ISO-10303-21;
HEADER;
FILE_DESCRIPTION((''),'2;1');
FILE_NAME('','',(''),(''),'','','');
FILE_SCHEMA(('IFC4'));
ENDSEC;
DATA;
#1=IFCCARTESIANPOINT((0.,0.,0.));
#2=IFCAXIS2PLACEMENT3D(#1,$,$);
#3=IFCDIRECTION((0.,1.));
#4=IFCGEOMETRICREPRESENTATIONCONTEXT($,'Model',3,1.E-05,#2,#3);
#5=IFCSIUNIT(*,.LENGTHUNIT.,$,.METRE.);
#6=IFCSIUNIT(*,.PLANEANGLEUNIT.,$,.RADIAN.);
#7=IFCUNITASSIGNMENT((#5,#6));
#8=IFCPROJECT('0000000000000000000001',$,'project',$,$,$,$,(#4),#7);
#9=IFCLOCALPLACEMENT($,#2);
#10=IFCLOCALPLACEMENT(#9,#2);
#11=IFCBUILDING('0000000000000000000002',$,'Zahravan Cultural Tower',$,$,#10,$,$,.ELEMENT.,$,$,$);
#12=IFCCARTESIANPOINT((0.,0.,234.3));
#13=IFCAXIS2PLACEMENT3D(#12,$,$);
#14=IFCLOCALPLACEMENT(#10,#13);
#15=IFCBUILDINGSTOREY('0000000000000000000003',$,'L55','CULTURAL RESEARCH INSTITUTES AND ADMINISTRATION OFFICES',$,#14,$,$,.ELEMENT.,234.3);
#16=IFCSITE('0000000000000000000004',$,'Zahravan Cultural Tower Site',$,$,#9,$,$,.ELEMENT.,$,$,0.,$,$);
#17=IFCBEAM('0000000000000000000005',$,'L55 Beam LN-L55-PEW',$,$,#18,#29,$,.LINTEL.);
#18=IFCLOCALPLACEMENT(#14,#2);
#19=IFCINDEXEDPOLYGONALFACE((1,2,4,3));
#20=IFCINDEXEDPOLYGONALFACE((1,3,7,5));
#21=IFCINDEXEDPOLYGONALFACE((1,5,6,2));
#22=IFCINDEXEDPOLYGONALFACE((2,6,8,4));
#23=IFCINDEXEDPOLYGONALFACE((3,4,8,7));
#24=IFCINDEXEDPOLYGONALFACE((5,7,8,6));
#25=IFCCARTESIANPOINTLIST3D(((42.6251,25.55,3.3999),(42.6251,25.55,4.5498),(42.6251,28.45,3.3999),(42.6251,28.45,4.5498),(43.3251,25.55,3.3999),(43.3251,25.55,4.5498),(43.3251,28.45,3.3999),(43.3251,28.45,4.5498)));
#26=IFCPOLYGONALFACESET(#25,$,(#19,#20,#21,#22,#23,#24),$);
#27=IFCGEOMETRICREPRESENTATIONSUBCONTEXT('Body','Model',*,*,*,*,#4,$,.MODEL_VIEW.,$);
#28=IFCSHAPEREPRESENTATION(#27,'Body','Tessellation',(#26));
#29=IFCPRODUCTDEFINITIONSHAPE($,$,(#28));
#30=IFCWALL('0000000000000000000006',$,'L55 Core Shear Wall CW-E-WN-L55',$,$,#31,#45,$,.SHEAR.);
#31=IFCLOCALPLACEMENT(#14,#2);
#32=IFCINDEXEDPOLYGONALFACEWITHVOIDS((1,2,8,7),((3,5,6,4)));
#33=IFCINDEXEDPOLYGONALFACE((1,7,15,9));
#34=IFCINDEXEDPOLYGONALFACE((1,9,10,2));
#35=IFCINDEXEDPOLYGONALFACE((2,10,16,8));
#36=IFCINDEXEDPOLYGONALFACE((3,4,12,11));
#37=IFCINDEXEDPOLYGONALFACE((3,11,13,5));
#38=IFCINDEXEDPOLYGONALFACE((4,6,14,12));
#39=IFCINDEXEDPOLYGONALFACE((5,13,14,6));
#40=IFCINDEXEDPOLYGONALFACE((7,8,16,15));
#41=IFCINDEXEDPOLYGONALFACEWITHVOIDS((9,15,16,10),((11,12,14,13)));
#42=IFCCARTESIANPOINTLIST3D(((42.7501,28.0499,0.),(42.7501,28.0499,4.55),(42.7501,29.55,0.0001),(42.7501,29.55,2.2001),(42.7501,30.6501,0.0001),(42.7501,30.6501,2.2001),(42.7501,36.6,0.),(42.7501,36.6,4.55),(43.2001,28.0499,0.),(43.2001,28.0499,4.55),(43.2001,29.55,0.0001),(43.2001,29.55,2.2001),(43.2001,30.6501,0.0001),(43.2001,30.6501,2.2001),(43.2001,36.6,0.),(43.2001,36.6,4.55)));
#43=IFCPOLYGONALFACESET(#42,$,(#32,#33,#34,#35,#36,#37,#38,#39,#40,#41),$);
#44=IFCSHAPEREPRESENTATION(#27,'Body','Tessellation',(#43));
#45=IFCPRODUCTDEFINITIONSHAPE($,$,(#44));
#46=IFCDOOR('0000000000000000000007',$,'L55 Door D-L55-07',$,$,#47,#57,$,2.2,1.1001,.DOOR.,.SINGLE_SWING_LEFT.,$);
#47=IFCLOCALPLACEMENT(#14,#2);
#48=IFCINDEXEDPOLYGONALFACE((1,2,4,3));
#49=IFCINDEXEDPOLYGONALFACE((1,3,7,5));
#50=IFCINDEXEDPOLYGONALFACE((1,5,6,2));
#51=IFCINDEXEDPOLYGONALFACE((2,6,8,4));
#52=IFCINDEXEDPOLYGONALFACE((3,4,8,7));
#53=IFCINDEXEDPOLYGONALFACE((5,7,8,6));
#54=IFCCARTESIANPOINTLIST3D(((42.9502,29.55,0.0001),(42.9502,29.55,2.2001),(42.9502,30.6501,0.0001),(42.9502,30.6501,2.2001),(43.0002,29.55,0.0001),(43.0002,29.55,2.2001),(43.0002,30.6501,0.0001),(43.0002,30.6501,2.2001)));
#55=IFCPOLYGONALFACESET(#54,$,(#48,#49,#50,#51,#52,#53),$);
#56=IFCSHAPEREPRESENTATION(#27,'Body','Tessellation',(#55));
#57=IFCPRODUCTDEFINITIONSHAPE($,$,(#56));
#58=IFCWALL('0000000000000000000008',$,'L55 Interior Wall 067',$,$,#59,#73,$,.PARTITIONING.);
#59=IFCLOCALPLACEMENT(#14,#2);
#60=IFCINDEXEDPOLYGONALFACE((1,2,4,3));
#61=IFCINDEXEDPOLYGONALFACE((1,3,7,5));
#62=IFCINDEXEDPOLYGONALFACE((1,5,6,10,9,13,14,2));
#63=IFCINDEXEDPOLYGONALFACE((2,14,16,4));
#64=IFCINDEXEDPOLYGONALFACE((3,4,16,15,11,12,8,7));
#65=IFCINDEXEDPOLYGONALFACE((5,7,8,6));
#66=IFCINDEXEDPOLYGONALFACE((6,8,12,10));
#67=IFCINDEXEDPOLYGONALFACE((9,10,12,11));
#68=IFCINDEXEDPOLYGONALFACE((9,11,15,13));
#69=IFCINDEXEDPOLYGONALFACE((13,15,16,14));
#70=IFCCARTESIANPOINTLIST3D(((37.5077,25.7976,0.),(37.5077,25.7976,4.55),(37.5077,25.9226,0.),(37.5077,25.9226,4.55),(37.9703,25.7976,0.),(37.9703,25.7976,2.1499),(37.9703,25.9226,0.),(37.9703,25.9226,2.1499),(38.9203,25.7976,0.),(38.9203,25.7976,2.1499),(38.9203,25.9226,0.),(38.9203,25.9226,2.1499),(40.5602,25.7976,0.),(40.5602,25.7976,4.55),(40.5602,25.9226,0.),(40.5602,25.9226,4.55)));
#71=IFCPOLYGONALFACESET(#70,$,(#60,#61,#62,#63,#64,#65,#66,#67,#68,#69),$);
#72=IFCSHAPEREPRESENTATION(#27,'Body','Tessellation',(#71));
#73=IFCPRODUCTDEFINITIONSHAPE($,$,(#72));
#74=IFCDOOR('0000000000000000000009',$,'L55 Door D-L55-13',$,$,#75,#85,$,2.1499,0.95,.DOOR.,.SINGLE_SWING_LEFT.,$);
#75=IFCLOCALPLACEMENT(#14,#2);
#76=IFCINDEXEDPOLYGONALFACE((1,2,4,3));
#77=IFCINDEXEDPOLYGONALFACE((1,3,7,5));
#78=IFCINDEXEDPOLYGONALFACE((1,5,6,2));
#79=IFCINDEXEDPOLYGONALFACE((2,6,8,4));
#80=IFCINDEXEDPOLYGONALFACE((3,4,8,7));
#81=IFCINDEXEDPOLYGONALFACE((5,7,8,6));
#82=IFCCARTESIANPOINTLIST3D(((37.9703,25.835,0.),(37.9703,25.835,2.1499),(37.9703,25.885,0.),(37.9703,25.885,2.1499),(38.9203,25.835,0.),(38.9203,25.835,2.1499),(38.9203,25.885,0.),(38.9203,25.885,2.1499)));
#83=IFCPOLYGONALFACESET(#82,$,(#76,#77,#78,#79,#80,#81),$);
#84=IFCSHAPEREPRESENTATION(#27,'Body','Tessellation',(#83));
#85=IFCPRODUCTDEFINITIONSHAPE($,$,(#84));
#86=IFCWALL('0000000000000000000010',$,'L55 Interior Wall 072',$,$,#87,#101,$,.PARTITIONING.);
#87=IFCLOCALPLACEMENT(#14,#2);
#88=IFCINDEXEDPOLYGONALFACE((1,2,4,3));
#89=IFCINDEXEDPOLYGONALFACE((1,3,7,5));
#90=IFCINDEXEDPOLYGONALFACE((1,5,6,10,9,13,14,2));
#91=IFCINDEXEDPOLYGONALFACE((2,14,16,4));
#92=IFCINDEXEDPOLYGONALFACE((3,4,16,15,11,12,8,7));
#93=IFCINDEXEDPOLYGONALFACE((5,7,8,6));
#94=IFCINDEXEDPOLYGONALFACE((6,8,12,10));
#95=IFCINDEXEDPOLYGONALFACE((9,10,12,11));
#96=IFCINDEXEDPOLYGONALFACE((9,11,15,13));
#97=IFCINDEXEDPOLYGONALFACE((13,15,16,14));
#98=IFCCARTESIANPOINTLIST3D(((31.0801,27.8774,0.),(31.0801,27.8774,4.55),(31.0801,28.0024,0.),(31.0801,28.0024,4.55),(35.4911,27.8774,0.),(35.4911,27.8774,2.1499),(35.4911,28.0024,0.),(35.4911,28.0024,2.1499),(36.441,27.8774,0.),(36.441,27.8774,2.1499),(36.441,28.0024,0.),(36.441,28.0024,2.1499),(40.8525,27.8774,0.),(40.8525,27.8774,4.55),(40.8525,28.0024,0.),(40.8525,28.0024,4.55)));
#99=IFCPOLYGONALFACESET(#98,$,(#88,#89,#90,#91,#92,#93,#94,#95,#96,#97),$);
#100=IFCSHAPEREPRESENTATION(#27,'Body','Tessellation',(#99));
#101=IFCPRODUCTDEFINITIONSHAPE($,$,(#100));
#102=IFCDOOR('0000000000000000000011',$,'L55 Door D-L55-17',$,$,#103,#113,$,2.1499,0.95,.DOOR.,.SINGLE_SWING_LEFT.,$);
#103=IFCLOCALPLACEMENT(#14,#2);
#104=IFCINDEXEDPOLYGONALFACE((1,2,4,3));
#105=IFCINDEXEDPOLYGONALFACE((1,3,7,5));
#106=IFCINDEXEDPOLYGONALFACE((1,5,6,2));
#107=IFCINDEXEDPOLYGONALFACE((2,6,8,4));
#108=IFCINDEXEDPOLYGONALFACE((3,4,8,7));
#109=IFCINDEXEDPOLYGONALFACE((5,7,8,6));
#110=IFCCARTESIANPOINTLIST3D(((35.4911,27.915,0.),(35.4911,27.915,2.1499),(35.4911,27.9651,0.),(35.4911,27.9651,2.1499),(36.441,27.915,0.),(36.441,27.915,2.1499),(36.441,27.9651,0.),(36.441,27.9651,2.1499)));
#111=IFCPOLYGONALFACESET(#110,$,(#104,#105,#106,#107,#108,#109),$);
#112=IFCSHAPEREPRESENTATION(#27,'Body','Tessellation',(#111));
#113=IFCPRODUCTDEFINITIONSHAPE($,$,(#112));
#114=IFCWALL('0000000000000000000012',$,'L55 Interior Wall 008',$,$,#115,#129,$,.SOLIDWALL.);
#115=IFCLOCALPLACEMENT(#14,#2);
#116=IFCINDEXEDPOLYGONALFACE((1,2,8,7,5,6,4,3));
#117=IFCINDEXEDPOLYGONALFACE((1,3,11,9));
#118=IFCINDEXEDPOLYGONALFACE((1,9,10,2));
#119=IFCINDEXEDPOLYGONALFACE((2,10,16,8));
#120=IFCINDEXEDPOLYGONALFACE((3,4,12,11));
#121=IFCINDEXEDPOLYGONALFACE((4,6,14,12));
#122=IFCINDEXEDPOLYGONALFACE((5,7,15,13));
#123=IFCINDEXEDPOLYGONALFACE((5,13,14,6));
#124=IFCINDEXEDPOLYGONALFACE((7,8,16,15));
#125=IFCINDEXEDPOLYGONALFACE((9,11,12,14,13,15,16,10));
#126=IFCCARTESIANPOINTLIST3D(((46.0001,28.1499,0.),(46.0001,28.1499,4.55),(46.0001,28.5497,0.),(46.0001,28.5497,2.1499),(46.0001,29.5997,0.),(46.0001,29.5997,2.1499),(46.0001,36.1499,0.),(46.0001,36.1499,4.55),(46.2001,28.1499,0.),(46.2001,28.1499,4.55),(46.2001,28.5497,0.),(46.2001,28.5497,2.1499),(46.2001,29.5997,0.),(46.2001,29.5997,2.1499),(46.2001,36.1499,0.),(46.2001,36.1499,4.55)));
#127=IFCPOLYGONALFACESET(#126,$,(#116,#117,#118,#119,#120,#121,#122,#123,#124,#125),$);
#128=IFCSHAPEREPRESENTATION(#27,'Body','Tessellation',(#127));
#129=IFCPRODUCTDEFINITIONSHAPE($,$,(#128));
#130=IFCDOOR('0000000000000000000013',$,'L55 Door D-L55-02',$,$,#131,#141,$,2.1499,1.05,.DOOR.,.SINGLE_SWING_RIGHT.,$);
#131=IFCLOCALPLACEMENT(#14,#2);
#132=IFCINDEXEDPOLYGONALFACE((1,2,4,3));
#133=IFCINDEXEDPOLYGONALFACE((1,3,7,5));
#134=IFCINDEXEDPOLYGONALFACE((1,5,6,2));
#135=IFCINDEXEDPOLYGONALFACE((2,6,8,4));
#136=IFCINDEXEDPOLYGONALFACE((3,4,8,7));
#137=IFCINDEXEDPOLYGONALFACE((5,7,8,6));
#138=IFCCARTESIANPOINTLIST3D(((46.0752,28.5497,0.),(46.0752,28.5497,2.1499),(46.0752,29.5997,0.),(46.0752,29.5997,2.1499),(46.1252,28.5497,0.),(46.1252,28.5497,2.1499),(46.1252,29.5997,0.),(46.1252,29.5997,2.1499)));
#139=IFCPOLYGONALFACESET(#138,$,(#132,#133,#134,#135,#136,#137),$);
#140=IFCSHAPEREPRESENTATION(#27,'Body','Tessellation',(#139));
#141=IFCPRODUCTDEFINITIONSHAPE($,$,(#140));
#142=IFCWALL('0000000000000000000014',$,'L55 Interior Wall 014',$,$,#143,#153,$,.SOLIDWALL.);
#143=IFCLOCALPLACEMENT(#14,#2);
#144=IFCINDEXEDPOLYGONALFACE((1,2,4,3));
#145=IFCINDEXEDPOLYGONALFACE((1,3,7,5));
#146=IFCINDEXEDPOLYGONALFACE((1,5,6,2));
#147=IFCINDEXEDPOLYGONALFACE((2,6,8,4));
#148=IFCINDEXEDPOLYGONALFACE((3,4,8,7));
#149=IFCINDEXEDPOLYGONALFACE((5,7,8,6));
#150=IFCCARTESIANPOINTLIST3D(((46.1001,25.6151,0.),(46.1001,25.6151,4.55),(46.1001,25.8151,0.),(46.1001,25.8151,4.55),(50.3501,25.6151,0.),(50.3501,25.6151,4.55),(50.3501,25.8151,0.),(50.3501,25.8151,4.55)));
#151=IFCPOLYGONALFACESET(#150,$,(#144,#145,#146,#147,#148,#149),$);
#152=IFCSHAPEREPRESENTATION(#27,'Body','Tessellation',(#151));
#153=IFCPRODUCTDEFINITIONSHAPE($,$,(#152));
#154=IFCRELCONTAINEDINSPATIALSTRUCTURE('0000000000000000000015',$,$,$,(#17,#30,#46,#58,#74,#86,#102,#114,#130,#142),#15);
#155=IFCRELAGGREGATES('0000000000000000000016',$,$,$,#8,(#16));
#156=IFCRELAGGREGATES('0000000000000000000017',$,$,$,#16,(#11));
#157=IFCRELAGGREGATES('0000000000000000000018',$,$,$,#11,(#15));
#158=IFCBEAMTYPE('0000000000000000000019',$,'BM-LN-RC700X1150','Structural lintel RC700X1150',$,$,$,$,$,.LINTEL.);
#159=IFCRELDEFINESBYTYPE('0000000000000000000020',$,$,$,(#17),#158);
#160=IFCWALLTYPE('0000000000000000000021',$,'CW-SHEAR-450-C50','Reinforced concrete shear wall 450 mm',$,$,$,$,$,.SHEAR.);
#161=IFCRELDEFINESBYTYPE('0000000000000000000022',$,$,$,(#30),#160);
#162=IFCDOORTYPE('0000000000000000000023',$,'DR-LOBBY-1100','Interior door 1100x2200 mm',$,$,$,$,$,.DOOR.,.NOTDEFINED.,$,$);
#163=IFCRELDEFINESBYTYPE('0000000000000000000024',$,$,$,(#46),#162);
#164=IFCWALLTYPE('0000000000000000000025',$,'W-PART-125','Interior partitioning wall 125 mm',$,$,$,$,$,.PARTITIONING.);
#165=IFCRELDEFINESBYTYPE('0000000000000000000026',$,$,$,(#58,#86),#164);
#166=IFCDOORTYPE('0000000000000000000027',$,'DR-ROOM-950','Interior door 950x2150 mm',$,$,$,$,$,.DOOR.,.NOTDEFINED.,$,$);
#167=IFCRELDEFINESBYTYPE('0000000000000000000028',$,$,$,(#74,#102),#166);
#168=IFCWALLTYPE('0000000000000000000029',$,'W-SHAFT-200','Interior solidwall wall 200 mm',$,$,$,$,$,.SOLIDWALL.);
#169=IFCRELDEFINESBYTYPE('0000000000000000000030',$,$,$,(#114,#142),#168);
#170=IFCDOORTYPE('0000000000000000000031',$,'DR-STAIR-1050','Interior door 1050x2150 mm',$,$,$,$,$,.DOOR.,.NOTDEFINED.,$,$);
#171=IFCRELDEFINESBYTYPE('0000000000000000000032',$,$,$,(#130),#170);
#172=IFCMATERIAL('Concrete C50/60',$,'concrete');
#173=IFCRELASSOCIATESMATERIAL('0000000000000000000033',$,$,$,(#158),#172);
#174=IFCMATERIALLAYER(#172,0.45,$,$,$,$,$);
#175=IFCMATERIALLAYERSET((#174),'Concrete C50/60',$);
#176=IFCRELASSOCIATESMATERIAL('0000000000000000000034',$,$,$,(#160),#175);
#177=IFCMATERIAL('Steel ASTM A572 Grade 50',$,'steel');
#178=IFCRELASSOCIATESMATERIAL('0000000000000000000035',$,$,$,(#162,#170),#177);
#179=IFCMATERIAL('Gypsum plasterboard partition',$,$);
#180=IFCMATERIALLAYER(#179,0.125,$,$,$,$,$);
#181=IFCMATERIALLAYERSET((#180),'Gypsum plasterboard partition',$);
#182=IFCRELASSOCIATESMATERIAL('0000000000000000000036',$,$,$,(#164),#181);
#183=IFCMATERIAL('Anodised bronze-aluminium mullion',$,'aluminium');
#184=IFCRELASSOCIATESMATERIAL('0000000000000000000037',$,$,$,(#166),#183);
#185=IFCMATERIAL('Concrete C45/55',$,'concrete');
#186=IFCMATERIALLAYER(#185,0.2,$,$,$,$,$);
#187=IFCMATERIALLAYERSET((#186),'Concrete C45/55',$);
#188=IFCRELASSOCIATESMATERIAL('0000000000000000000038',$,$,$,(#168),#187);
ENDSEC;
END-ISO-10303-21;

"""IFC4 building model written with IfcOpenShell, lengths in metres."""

from ifc_helpers import new_model, si_unit, direction, frame, frame_2d, origin, origin_2d, place, context, subcontext, project, spatial, rectangle, extrude, source, transform, mapped, material, layer, layer_set, material_profile, profile_set, type_object, element, fill, save


model = new_model("IFC4")

# Units and contexts
model_context = context("Model", 3, precision=1e-05, world=origin(), true_north=direction((0.0, 1.0)))
body_context = subcontext(model_context, "Body", "Model", "MODEL_VIEW")
ifc_project = project(units=[si_unit("LENGTHUNIT", "METRE"), si_unit("PLANEANGLEUNIT", "RADIAN")], contexts=[model_context])

# Site, building, storey
site_placement = place(None, origin())
site = spatial("IfcSite", under=ifc_project, at=site_placement, Name="Zahravan Cultural Tower Site", CompositionType="ELEMENT", RefElevation=0.0)
building_placement = place(site_placement, origin())
building = spatial("IfcBuilding", under=site, at=building_placement, Name="Zahravan Cultural Tower", CompositionType="ELEMENT")
storey_placement = place(building_placement, frame((0.0, 0.0, 234.3)))
storey = spatial("IfcBuildingStorey", under=building, at=storey_placement, Name="L55", Description="CULTURAL RESEARCH INSTITUTES AND ADMINISTRATION OFFICES", CompositionType="ELEMENT", Elevation=234.3)

# Beam
ifc_material_1 = material(Name="Concrete C50/60", Category="concrete")
ifc_material_profile = material_profile(ifc_material_1, rectangle(XDim=0.7, YDim=1.1499, at=origin_2d()), Name="RC700X1150")
ifc_profile_set = profile_set([ifc_material_profile], Name="Concrete C50/60")
beam_type = type_object("IfcBeamType", Name="BM-LN-RC700X1150", Description="Structural lintel RC700X1150", PredefinedType="LINTEL", material=ifc_profile_set)
shared_shape_1 = source(origin(), body_context, "Body", "SweptSolid", [
    extrude(rectangle(XDim=0.7, YDim=1.1499, at=origin_2d()), origin(), (0.0, 0.0, 1.0), 2.8999),
])
beam_placement = place(storey_placement, frame((42.9751, 25.55, 3.9749), z_axis=(0.0, 1.0, 0.0), x_axis=(-1.0, 0.0, 0.0)))
element("IfcBeam", 1, at=beam_placement, inside=storey, type_object=beam_type, Name="L55 Beam LN-L55-PEW", PredefinedType="LINTEL", context=body_context, shape_type="MappedRepresentation", body=[
    mapped(shared_shape_1, transform((0.0, 0.0, 0.0), x_axis=(1.0, 0.0, 0.0), y_axis=(0.0, 1.0, 0.0), z_axis=(0.0, 0.0, 1.0), scale=1.0)),
])

# Walls, openings, doors
ifc_layer_1 = layer(ifc_material_1, 0.45)
ifc_layer_set_1 = layer_set([ifc_layer_1], Name="Concrete C50/60")
wall_type_1 = type_object("IfcWallType", Name="CW-SHEAR-450-C50", Description="Reinforced concrete shear wall 450 mm", PredefinedType="SHEAR", material=ifc_layer_set_1)
wall_1_placement = place(storey_placement, frame((42.9751, 28.05, 0.0), z_axis=(0.0, 0.0, 1.0), x_axis=(0.0, 1.0, 0.0)))
wall_1 = element("IfcWall", 2, at=wall_1_placement, inside=storey, type_object=wall_type_1, Name="L55 Core Shear Wall CW-E-WN-L55", PredefinedType="SHEAR", context=body_context, shape_type="SweptSolid", body=[
    extrude(rectangle(XDim=8.55, YDim=0.45, at=frame_2d((4.2749, 0.0))), origin(), (0.0, 0.0, 1.0), 4.55),
])
opening_1_placement = place(wall_1_placement, frame((1.5, 0.0, 0.0)))
opening_1 = element("IfcOpeningElement", 3, at=opening_1_placement, cuts=wall_1, PredefinedType="OPENING", context=body_context, shape_type="SweptSolid", body=[
    extrude(rectangle(XDim=1.1001, YDim=2.2, at=frame_2d((0.55, 1.1001))), frame((0.0, 0.2349, 0.0), z_axis=(0.0, -1.0, 0.0), x_axis=(1.0, 0.0, 0.0)), (0.0, 0.0, 1.0), 0.47),
])
ifc_material_2 = material(Name="Steel ASTM A572 Grade 50", Category="steel")
door_type_1 = type_object("IfcDoorType", Name="DR-LOBBY-1100", Description="Interior door 1100x2200 mm", OperationType="NOTDEFINED", PredefinedType="DOOR", material=ifc_material_2)
shared_shape_2 = source(origin(), body_context, "Body", "SweptSolid", [
    extrude(rectangle(XDim=1.1001, YDim=2.2, at=frame_2d((0.55, 1.1001))), frame((0.0, 0.0249, 0.0), z_axis=(0.0, -1.0, 0.0), x_axis=(1.0, 0.0, 0.0)), (0.0, 0.0, 1.0), 0.05),
])
door_1_placement = place(opening_1_placement, origin())
door_1 = element("IfcDoor", 4, at=door_1_placement, inside=storey, type_object=door_type_1, Name="L55 Door D-L55-07", OperationType="SINGLE_SWING_LEFT", OverallHeight=2.2, OverallWidth=1.1001, PredefinedType="DOOR", context=body_context, shape_type="MappedRepresentation", body=[
    mapped(shared_shape_2, transform((0.0, 0.0, 0.0), x_axis=(1.0, 0.0, 0.0), y_axis=(0.0, 1.0, 0.0), z_axis=(0.0, 0.0, 1.0), scale=1.0)),
])
fill(opening_1, door_1)
ifc_material_3 = material(Name="Gypsum plasterboard partition")
ifc_layer_2 = layer(ifc_material_3, 0.125)
ifc_layer_set_2 = layer_set([ifc_layer_2], Name="Gypsum plasterboard partition")
wall_type_2 = type_object("IfcWallType", Name="W-PART-125", Description="Interior partitioning wall 125 mm", PredefinedType="PARTITIONING", material=ifc_layer_set_2)
wall_2_placement = place(storey_placement, frame((37.5076, 25.8601, 0.0), z_axis=(0.0, 0.0, 1.0), x_axis=(1.0, 0.0, 0.0)))
wall_2 = element("IfcWall", 5, at=wall_2_placement, inside=storey, type_object=wall_type_2, Name="L55 Interior Wall 067", PredefinedType="PARTITIONING", context=body_context, shape_type="SweptSolid", body=[
    extrude(rectangle(XDim=3.0525, YDim=0.125, at=frame_2d((1.5264, 0.0))), origin(), (0.0, 0.0, 1.0), 4.55),
])
opening_2_placement = place(wall_2_placement, frame((0.4626, 0.0, 0.0)))
opening_2 = element("IfcOpeningElement", 6, at=opening_2_placement, cuts=wall_2, PredefinedType="OPENING", context=body_context, shape_type="SweptSolid", body=[
    extrude(rectangle(XDim=0.95, YDim=2.1499, at=frame_2d((0.4751, 1.075))), frame((0.0, 0.0725, 0.0), z_axis=(0.0, -1.0, 0.0), x_axis=(1.0, 0.0, 0.0)), (0.0, 0.0, 1.0), 0.145),
])
ifc_material_4 = material(Name="Anodised bronze-aluminium mullion", Category="aluminium")
door_type_2 = type_object("IfcDoorType", Name="DR-ROOM-950", Description="Interior door 950x2150 mm", OperationType="NOTDEFINED", PredefinedType="DOOR", material=ifc_material_4)
shared_shape_3 = source(origin(), body_context, "Body", "SweptSolid", [
    extrude(rectangle(XDim=0.95, YDim=2.1499, at=frame_2d((0.4751, 1.075))), frame((0.0, 0.0249, 0.0), z_axis=(0.0, -1.0, 0.0), x_axis=(1.0, 0.0, 0.0)), (0.0, 0.0, 1.0), 0.05),
])
door_2_placement = place(opening_2_placement, origin())
door_2 = element("IfcDoor", 7, at=door_2_placement, inside=storey, type_object=door_type_2, Name="L55 Door D-L55-13", OperationType="SINGLE_SWING_LEFT", OverallHeight=2.1499, OverallWidth=0.95, PredefinedType="DOOR", context=body_context, shape_type="MappedRepresentation", body=[
    mapped(shared_shape_3, transform((0.0, 0.0, 0.0), x_axis=(1.0, 0.0, 0.0), y_axis=(0.0, 1.0, 0.0), z_axis=(0.0, 0.0, 1.0), scale=1.0)),
])
fill(opening_2, door_2)
wall_3_placement = place(storey_placement, frame((40.8525, 27.9399, 0.0), z_axis=(0.0, 0.0, 1.0), x_axis=(-1.0, 0.0, 0.0)))
wall_3 = element("IfcWall", 8, at=wall_3_placement, inside=storey, type_object=wall_type_2, Name="L55 Interior Wall 072", PredefinedType="PARTITIONING", context=body_context, shape_type="SweptSolid", body=[
    extrude(rectangle(XDim=9.7725, YDim=0.125, at=frame_2d((4.8862, 0.0))), origin(), (0.0, 0.0, 1.0), 4.55),
])
opening_3_placement = place(wall_3_placement, frame((4.4114, 0.0, 0.0)))
opening_3 = element("IfcOpeningElement", 9, at=opening_3_placement, cuts=wall_3, PredefinedType="OPENING", context=body_context, shape_type="SweptSolid", body=[
    extrude(rectangle(XDim=0.95, YDim=2.1499, at=frame_2d((0.4751, 1.075))), frame((0.0, 0.0725, 0.0), z_axis=(0.0, -1.0, 0.0), x_axis=(1.0, 0.0, 0.0)), (0.0, 0.0, 1.0), 0.145),
])
door_3_placement = place(opening_3_placement, origin())
door_3 = element("IfcDoor", 10, at=door_3_placement, inside=storey, type_object=door_type_2, Name="L55 Door D-L55-17", OperationType="SINGLE_SWING_LEFT", OverallHeight=2.1499, OverallWidth=0.95, PredefinedType="DOOR", context=body_context, shape_type="MappedRepresentation", body=[
    mapped(shared_shape_3, transform((0.0, 0.0, 0.0), x_axis=(1.0, 0.0, 0.0), y_axis=(0.0, 1.0, 0.0), z_axis=(0.0, 0.0, 1.0), scale=1.0)),
])
fill(opening_3, door_3)
ifc_material_5 = material(Name="Concrete C45/55", Category="concrete")
ifc_layer_3 = layer(ifc_material_5, 0.2)
ifc_layer_set_3 = layer_set([ifc_layer_3], Name="Concrete C45/55")
wall_type_3 = type_object("IfcWallType", Name="W-SHAFT-200", Description="Interior solidwall wall 200 mm", PredefinedType="SOLIDWALL", material=ifc_layer_set_3)
wall_4_placement = place(storey_placement, frame((46.1001, 28.1499, 0.0), z_axis=(0.0, 0.0, 1.0), x_axis=(0.0, 1.0, 0.0)))
wall_4 = element("IfcWall", 11, at=wall_4_placement, inside=storey, type_object=wall_type_3, Name="L55 Interior Wall 008", PredefinedType="SOLIDWALL", context=body_context, shape_type="SweptSolid", body=[
    extrude(rectangle(XDim=8.0, YDim=0.2, at=frame_2d((4.0, 0.0))), origin(), (0.0, 0.0, 1.0), 4.55),
])
opening_4_placement = place(wall_4_placement, frame((0.3999, 0.0, 0.0)))
opening_4 = element("IfcOpeningElement", 12, at=opening_4_placement, cuts=wall_4, PredefinedType="OPENING", context=body_context, shape_type="SweptSolid", body=[
    extrude(rectangle(XDim=1.05, YDim=2.1499, at=frame_2d((0.5249, 1.075))), frame((0.0, 0.1099, 0.0), z_axis=(0.0, -1.0, 0.0), x_axis=(1.0, 0.0, 0.0)), (0.0, 0.0, 1.0), 0.22),
])
door_type_3 = type_object("IfcDoorType", Name="DR-STAIR-1050", Description="Interior door 1050x2150 mm", OperationType="NOTDEFINED", PredefinedType="DOOR", material=ifc_material_2)
shared_shape_4 = source(origin(), body_context, "Body", "SweptSolid", [
    extrude(rectangle(XDim=1.05, YDim=2.1499, at=frame_2d((0.5249, 1.075))), frame((0.0, 0.0249, 0.0), z_axis=(0.0, -1.0, 0.0), x_axis=(1.0, 0.0, 0.0)), (0.0, 0.0, 1.0), 0.05),
])
door_4_placement = place(opening_4_placement, origin())
door_4 = element("IfcDoor", 13, at=door_4_placement, inside=storey, type_object=door_type_3, Name="L55 Door D-L55-02", OperationType="SINGLE_SWING_RIGHT", OverallHeight=2.1499, OverallWidth=1.05, PredefinedType="DOOR", context=body_context, shape_type="MappedRepresentation", body=[
    mapped(shared_shape_4, transform((0.0, 0.0, 0.0), x_axis=(1.0, 0.0, 0.0), y_axis=(0.0, 1.0, 0.0), z_axis=(0.0, 0.0, 1.0), scale=1.0)),
])
fill(opening_4, door_4)

# Wall
shared_shape_5 = source(origin(), body_context, "Body", "SweptSolid", [
    extrude(rectangle(XDim=4.25, YDim=0.2, at=frame_2d((2.125, 0.0))), origin(), (0.0, 0.0, 1.0), 4.55),
])
for number, where, z_axis, x_axis, name in (
    (14, (46.1001, 25.7151, 0.0), (0.0, 0.0, 1.0), (1.0, 0.0, 0.0), "L55 Interior Wall 014"),
):
    element("IfcWall", number, at=place(storey_placement, frame(where, z_axis=z_axis, x_axis=x_axis)), inside=storey, type_object=wall_type_3, Name=name, PredefinedType="SOLIDWALL", context=body_context, shape_type="MappedRepresentation", body=[
        mapped(shared_shape_5, transform((0.0, 0.0, 0.0), x_axis=(1.0, 0.0, 0.0), y_axis=(0.0, 1.0, 0.0), z_axis=(0.0, 0.0, 1.0), scale=1.0)),
    ])

save(model, "model.ifc")
